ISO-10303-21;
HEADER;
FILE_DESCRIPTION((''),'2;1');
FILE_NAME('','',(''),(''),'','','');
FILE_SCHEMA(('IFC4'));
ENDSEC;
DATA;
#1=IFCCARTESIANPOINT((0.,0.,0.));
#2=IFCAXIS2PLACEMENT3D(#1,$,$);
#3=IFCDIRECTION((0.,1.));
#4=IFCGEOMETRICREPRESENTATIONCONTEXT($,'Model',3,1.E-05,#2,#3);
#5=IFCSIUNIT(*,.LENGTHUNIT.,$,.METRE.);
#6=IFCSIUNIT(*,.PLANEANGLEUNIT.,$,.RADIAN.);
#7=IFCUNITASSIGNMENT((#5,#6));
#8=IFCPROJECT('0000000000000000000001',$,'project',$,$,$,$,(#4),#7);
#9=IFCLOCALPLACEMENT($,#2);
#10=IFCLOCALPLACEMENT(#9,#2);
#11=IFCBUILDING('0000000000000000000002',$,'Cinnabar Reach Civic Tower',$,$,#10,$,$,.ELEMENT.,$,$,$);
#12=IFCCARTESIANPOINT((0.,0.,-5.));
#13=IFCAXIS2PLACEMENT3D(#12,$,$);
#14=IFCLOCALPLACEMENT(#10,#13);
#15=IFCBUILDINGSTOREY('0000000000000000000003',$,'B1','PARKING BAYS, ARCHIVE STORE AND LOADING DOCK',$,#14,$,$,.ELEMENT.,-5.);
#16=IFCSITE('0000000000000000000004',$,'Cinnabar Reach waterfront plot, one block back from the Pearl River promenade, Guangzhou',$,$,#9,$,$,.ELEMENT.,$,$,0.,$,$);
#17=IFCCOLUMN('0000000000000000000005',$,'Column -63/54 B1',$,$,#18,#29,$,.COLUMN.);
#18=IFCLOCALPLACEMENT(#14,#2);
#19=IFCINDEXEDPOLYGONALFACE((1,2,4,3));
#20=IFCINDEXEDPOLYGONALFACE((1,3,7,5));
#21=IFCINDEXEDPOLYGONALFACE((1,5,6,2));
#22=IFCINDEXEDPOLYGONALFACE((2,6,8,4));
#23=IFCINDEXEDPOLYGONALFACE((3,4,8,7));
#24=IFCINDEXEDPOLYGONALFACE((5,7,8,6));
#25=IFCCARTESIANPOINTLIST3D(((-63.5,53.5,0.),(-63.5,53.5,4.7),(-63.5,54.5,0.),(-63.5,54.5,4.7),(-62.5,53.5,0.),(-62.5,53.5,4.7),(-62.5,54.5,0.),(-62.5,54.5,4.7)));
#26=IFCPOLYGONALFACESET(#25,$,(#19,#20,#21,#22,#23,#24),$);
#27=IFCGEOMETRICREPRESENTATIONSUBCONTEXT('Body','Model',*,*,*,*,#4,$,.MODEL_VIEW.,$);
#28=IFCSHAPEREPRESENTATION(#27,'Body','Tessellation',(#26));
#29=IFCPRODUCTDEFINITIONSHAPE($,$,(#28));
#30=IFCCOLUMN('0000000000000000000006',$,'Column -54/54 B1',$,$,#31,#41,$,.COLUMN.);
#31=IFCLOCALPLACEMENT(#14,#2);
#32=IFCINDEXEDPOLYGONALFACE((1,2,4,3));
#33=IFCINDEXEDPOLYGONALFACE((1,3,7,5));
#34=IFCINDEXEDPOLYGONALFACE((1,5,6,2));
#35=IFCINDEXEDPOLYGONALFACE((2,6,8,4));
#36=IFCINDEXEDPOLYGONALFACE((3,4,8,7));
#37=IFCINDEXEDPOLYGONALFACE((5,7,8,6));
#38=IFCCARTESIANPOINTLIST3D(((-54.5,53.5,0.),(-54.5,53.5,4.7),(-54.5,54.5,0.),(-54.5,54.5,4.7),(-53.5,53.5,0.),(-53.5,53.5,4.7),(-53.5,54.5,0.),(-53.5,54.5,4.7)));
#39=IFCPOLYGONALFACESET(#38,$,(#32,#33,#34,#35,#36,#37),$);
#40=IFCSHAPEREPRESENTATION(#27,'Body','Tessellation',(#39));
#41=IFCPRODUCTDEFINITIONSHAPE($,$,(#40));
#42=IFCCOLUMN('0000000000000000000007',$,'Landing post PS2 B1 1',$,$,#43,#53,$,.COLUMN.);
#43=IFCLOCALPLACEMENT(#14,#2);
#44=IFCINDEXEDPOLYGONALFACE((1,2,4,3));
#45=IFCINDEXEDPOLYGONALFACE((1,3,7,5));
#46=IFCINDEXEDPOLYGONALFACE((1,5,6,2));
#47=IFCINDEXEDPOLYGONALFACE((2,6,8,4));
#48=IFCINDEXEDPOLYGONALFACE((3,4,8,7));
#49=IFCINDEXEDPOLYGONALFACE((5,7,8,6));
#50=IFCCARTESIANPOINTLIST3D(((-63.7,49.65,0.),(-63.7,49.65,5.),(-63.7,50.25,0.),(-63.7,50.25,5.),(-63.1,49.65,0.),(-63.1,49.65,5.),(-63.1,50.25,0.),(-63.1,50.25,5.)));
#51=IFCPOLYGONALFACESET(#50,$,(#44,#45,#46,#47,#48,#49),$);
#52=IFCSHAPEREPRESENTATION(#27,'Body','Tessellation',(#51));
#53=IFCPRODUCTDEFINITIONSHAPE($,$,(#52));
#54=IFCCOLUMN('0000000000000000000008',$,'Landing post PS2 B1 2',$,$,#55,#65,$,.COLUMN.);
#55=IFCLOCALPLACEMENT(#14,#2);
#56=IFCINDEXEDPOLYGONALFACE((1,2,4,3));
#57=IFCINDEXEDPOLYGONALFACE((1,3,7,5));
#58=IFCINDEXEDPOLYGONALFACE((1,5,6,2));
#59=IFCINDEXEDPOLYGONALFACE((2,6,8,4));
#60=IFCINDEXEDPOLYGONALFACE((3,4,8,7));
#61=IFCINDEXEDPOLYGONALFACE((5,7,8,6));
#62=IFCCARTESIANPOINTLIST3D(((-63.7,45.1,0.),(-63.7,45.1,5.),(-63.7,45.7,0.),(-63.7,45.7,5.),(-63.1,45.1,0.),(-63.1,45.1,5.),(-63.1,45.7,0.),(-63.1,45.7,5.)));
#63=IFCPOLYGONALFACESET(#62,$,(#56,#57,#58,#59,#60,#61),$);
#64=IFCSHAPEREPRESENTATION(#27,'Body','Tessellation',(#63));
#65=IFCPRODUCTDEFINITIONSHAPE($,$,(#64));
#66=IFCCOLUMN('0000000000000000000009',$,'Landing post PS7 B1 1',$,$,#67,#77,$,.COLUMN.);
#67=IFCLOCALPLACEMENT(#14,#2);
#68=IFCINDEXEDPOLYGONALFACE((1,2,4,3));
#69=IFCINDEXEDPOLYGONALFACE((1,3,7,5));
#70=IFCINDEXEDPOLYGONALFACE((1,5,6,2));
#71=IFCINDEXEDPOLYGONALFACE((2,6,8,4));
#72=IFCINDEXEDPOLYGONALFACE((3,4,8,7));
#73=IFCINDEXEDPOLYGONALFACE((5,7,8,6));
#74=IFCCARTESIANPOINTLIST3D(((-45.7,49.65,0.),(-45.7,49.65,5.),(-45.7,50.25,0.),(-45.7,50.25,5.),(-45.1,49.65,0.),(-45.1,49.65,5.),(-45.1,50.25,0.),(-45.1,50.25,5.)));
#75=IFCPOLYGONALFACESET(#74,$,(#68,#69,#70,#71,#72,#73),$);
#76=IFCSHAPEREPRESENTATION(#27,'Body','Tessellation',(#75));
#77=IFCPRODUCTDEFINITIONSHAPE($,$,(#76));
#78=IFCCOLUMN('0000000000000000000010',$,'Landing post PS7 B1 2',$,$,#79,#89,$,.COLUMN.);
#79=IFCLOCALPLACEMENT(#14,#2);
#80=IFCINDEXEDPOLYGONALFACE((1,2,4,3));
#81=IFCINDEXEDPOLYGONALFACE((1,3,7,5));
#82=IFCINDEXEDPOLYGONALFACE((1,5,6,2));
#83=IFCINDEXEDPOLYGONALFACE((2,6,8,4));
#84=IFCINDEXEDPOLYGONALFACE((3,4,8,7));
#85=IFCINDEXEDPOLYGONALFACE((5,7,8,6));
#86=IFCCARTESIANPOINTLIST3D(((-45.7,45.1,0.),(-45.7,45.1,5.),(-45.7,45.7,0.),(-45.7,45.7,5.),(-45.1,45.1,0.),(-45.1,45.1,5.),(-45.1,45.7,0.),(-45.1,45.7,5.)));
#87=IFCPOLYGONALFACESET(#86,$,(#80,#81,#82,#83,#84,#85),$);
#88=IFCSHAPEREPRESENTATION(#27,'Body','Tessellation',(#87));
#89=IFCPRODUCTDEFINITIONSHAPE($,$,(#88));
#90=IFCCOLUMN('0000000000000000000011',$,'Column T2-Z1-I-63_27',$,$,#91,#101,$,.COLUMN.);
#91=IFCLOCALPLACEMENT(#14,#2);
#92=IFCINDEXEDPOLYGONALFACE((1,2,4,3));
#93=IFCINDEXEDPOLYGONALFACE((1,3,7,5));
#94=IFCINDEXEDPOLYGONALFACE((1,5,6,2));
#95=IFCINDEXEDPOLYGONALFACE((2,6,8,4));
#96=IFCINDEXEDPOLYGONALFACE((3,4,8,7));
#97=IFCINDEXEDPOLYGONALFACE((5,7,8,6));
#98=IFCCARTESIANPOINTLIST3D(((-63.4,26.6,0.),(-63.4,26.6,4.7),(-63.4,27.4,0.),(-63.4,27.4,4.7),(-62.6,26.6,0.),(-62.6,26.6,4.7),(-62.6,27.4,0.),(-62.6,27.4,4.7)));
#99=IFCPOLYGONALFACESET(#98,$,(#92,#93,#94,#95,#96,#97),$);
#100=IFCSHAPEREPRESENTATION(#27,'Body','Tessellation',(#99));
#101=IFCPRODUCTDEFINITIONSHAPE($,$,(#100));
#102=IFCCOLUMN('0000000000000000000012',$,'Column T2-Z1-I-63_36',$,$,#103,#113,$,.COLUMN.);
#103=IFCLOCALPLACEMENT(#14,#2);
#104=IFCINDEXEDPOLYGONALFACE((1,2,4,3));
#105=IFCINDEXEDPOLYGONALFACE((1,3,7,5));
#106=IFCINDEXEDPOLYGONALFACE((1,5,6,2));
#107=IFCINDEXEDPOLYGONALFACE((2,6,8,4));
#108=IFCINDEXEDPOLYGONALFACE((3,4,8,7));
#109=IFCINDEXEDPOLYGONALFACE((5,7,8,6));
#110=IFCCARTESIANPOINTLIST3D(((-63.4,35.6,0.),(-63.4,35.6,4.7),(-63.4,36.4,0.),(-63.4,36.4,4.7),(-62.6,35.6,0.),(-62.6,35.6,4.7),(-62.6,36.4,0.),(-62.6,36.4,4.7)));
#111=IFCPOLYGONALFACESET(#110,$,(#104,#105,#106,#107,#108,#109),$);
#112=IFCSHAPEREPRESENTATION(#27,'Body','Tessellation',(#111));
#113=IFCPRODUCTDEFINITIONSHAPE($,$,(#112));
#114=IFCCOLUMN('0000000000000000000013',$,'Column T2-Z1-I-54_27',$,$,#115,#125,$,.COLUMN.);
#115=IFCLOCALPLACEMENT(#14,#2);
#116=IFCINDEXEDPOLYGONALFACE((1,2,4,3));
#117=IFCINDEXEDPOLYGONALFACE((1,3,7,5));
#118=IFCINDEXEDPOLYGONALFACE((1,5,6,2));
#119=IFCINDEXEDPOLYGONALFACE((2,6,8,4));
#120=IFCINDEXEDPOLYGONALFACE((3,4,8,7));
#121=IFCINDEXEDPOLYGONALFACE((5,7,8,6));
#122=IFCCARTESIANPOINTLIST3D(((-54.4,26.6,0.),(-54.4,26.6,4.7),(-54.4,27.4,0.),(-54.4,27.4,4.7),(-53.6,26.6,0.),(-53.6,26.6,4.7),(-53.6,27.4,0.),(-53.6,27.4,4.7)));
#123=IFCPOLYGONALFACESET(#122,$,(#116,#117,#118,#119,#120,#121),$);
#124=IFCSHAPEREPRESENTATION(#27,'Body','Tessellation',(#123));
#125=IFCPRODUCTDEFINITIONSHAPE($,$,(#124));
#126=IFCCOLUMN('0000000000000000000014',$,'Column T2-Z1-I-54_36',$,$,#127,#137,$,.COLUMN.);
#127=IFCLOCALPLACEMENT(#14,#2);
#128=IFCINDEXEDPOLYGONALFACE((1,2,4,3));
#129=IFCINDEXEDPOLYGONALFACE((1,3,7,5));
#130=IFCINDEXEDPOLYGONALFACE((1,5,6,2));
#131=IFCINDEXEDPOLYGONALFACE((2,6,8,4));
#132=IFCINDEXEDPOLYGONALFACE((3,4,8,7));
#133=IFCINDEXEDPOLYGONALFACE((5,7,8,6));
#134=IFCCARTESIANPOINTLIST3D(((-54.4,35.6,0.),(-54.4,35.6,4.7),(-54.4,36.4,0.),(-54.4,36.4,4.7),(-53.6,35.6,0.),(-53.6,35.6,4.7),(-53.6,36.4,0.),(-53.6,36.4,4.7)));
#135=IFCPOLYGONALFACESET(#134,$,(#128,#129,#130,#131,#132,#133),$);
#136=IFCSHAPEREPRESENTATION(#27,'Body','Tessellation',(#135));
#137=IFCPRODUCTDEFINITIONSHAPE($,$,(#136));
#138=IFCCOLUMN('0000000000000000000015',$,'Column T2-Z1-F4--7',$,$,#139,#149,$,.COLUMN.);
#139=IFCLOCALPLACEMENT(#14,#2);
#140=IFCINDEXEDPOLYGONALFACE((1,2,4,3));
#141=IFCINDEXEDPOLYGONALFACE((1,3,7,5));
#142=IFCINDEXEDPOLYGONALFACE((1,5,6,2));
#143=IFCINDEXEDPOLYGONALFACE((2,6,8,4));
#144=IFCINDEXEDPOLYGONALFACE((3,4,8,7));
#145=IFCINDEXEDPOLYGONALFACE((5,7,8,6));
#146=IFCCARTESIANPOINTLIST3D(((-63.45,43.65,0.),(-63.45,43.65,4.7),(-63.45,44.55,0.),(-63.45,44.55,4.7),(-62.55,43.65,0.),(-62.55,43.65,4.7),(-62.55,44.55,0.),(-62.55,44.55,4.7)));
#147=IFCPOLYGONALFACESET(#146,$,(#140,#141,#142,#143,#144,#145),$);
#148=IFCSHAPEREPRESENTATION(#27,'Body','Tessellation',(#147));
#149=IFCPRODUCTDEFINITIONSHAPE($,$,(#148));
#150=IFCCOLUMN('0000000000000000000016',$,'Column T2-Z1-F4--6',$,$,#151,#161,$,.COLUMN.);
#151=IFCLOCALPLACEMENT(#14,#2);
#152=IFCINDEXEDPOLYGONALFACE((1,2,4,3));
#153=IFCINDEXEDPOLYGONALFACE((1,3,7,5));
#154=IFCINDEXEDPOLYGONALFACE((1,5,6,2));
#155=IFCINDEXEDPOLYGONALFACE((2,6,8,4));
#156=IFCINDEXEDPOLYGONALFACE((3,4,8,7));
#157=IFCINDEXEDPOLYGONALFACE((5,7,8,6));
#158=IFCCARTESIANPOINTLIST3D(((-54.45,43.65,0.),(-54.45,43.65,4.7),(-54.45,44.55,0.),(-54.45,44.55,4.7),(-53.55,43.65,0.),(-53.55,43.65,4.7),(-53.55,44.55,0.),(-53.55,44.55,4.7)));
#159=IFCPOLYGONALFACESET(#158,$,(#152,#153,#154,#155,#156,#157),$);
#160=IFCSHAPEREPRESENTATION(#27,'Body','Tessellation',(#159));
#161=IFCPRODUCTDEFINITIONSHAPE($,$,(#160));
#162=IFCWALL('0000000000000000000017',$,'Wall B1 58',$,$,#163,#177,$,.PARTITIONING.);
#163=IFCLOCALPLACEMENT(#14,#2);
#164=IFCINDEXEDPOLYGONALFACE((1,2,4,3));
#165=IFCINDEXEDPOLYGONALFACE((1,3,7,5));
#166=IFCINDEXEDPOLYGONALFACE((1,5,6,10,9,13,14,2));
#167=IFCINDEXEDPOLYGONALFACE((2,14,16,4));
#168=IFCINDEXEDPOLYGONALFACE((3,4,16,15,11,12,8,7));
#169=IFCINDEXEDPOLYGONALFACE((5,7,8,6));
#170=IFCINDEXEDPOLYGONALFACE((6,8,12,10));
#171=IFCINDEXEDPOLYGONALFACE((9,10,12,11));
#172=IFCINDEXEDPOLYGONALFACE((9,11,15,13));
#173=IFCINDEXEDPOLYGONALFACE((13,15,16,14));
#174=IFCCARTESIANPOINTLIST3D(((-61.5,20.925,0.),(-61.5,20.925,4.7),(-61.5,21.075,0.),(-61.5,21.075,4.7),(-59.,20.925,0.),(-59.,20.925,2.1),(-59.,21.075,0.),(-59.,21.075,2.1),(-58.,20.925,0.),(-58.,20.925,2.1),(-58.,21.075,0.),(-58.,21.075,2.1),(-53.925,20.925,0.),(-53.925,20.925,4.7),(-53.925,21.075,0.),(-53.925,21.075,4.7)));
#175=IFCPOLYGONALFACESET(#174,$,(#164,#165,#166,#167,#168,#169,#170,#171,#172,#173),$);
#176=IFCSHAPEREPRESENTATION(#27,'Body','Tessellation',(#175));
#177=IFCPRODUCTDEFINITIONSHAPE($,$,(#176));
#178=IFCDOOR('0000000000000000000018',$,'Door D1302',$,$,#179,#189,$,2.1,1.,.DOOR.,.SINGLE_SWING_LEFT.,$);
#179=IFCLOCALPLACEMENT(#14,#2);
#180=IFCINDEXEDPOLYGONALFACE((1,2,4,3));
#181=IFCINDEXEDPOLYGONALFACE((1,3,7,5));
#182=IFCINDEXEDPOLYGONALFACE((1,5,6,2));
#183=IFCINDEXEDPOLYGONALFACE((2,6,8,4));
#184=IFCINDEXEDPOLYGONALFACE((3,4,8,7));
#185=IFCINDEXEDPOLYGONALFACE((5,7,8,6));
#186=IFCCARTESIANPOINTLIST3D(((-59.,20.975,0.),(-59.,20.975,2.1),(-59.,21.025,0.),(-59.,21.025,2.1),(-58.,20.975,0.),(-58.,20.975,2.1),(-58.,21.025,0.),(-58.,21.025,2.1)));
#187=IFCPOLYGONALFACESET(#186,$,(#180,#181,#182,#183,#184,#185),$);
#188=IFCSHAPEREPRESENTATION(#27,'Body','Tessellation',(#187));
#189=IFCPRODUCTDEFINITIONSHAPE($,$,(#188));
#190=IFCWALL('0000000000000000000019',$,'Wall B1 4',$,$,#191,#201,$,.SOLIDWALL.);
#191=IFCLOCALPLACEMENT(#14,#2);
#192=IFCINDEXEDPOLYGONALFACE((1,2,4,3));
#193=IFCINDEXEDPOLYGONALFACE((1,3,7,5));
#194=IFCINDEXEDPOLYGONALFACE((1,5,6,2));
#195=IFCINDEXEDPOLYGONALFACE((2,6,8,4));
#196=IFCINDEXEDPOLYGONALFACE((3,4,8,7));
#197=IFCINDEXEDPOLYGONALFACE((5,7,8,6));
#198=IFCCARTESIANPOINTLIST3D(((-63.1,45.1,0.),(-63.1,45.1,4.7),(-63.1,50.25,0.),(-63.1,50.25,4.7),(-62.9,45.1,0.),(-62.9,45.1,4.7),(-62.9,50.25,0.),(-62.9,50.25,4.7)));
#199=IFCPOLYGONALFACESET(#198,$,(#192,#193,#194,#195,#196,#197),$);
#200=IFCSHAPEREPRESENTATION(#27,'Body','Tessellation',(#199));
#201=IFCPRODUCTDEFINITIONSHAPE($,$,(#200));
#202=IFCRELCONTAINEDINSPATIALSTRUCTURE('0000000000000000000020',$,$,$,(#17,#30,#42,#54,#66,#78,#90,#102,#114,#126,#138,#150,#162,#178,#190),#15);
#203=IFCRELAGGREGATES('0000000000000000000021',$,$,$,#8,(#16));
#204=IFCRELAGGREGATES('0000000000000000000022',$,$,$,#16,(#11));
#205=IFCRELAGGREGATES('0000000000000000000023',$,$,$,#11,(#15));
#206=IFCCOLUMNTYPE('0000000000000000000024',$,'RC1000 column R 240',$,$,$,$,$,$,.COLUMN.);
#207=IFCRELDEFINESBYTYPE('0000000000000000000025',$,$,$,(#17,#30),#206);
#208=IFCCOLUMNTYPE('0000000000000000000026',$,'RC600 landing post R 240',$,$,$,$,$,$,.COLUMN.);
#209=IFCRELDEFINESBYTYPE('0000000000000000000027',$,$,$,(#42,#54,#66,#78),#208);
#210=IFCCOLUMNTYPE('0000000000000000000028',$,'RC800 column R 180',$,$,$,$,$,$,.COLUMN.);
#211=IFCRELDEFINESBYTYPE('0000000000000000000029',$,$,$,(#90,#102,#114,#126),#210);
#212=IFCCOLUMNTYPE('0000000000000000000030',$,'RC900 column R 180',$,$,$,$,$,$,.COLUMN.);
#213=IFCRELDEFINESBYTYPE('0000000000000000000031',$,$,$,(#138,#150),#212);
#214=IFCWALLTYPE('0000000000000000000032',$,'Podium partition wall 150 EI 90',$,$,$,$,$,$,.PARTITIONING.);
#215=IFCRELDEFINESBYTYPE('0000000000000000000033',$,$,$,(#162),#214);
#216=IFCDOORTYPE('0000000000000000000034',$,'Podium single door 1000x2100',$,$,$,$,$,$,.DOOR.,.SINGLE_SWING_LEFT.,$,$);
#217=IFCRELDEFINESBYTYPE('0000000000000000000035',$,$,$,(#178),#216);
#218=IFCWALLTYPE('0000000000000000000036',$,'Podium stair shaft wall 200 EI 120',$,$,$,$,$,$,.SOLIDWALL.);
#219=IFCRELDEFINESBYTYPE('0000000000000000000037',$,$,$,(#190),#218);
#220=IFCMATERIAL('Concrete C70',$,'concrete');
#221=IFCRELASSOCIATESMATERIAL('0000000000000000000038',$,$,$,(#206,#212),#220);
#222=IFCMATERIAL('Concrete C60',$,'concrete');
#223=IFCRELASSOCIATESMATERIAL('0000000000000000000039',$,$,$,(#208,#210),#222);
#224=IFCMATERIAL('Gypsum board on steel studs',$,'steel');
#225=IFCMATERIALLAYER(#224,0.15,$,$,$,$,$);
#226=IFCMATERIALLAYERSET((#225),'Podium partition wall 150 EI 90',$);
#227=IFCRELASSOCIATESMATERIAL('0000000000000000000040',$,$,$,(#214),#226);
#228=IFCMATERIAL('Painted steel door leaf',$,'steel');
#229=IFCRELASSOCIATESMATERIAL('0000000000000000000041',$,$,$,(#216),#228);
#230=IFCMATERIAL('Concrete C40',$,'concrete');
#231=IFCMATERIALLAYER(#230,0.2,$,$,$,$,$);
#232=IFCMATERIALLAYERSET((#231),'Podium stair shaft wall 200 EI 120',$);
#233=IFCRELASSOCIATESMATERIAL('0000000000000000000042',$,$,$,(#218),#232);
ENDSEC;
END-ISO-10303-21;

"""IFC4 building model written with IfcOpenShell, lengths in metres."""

from ifc_helpers import new_model, si_unit, direction, frame, frame_2d, origin, origin_2d, place, context, subcontext, project, spatial, rectangle, extrude, material, layer, layer_set, material_profile, profile_set, type_object, element, fill, save


model = new_model("IFC4")

# Units and contexts
model_context = context("Model", 3, precision=1e-05, world=origin(), true_north=direction((0.0, 1.0)))
body_context = subcontext(model_context, "Body", "Model", "MODEL_VIEW")
ifc_project = project(units=[si_unit("LENGTHUNIT", "METRE"), si_unit("PLANEANGLEUNIT", "RADIAN")], contexts=[model_context])

# Site, building, storey
site_placement = place(None, origin())
site = spatial("IfcSite", under=ifc_project, at=site_placement, Name="Cinnabar Reach waterfront plot, one block back from the Pearl River promenade, Guangzhou", CompositionType="ELEMENT", RefElevation=0.0)
building_placement = place(site_placement, origin())
building = spatial("IfcBuilding", under=site, at=building_placement, Name="Cinnabar Reach Civic Tower", CompositionType="ELEMENT")
storey_placement = place(building_placement, frame((0.0, 0.0, -5.0)))
storey = spatial("IfcBuildingStorey", under=building, at=storey_placement, Name="B1", Description="PARKING BAYS, ARCHIVE STORE AND LOADING DOCK", CompositionType="ELEMENT", Elevation=-5.0)

# Columns
ifc_material_1 = material(Name="Concrete C70", Category="concrete")
ifc_material_profile_1 = material_profile(ifc_material_1, rectangle(XDim=1.0, YDim=1.0, at=origin_2d()), Name="RC1000")
ifc_profile_set_1 = profile_set([ifc_material_profile_1], Name="Concrete C70")
column_type_1 = type_object("IfcColumnType", Name="RC1000 column R 240", PredefinedType="COLUMN", material=ifc_profile_set_1)
for number, where, z_axis, x_axis, name in (
    (1, (-63.0, 54.0, 0.0), (0.0, 0.0, 1.0), (1.0, 0.0, 0.0), "Column -63/54 B1"),
    (2, (-54.0, 54.0, 0.0), (0.0, 0.0, 1.0), (1.0, 0.0, 0.0), "Column -54/54 B1"),
):
    element("IfcColumn", number, at=place(storey_placement, frame(where, z_axis=z_axis, x_axis=x_axis)), inside=storey, type_object=column_type_1, Name=name, PredefinedType="COLUMN", context=body_context, shape_type="SweptSolid", body=[
        extrude(rectangle(XDim=1.0, YDim=1.0, at=origin_2d()), origin(), (0.0, 0.0, 1.0), 4.7),
    ])
ifc_material_2 = material(Name="Concrete C60", Category="concrete")
ifc_material_profile_2 = material_profile(ifc_material_2, rectangle(XDim=0.6, YDim=0.6, at=origin_2d()), Name="RC600")
ifc_profile_set_2 = profile_set([ifc_material_profile_2], Name="Concrete C60")
column_type_2 = type_object("IfcColumnType", Name="RC600 landing post R 240", PredefinedType="COLUMN", material=ifc_profile_set_2)
for number, where, z_axis, x_axis, name in (
    (3, (-63.4, 49.95, 0.0), (0.0, 0.0, 1.0), (1.0, 0.0, 0.0), "Landing post PS2 B1 1"),
    (4, (-63.4, 45.4, 0.0), (0.0, 0.0, 1.0), (1.0, 0.0, 0.0), "Landing post PS2 B1 2"),
    (5, (-45.4, 49.95, 0.0), (0.0, 0.0, 1.0), (1.0, 0.0, 0.0), "Landing post PS7 B1 1"),
    (6, (-45.4, 45.4, 0.0), (0.0, 0.0, 1.0), (1.0, 0.0, 0.0), "Landing post PS7 B1 2"),
):
    element("IfcColumn", number, at=place(storey_placement, frame(where, z_axis=z_axis, x_axis=x_axis)), inside=storey, type_object=column_type_2, Name=name, PredefinedType="COLUMN", context=body_context, shape_type="SweptSolid", body=[
        extrude(rectangle(XDim=0.6, YDim=0.6, at=origin_2d()), origin(), (0.0, 0.0, 1.0), 5.0),
    ])
ifc_material_profile_3 = material_profile(ifc_material_2, rectangle(XDim=0.8, YDim=0.8, at=origin_2d()), Name="RC800")
ifc_profile_set_3 = profile_set([ifc_material_profile_3], Name="Concrete C60")
column_type_3 = type_object("IfcColumnType", Name="RC800 column R 180", PredefinedType="COLUMN", material=ifc_profile_set_3)
for number, where, z_axis, x_axis, name in (
    (7, (-63.0, 27.0, 0.0), (0.0, 0.0, 1.0), (1.0, 0.0, 0.0), "Column T2-Z1-I-63_27"),
    (8, (-63.0, 36.0, 0.0), (0.0, 0.0, 1.0), (1.0, 0.0, 0.0), "Column T2-Z1-I-63_36"),
    (9, (-54.0, 27.0, 0.0), (0.0, 0.0, 1.0), (1.0, 0.0, 0.0), "Column T2-Z1-I-54_27"),
    (10, (-54.0, 36.0, 0.0), (0.0, 0.0, 1.0), (1.0, 0.0, 0.0), "Column T2-Z1-I-54_36"),
):
    element("IfcColumn", number, at=place(storey_placement, frame(where, z_axis=z_axis, x_axis=x_axis)), inside=storey, type_object=column_type_3, Name=name, PredefinedType="COLUMN", context=body_context, shape_type="SweptSolid", body=[
        extrude(rectangle(XDim=0.8, YDim=0.8, at=origin_2d()), origin(), (0.0, 0.0, 1.0), 4.7),
    ])
ifc_material_profile_4 = material_profile(ifc_material_1, rectangle(XDim=0.9, YDim=0.9, at=origin_2d()), Name="RC900")
ifc_profile_set_4 = profile_set([ifc_material_profile_4], Name="Concrete C70")
column_type_4 = type_object("IfcColumnType", Name="RC900 column R 180", PredefinedType="COLUMN", material=ifc_profile_set_4)
for number, where, z_axis, x_axis, name in (
    (11, (-63.0, 44.1, 0.0), (0.0, 0.0, 1.0), (1.0, 0.0, 0.0), "Column T2-Z1-F4--7"),
    (12, (-54.0, 44.1, 0.0), (0.0, 0.0, 1.0), (1.0, 0.0, 0.0), "Column T2-Z1-F4--6"),
):
    element("IfcColumn", number, at=place(storey_placement, frame(where, z_axis=z_axis, x_axis=x_axis)), inside=storey, type_object=column_type_4, Name=name, PredefinedType="COLUMN", context=body_context, shape_type="SweptSolid", body=[
        extrude(rectangle(XDim=0.9, YDim=0.9, at=origin_2d()), origin(), (0.0, 0.0, 1.0), 4.7),
    ])

# Wall, opening, door
ifc_material_3 = material(Name="Gypsum board on steel studs", Category="steel")
ifc_layer_1 = layer(ifc_material_3, 0.15)
ifc_layer_set_1 = layer_set([ifc_layer_1], Name="Podium partition wall 150 EI 90")
wall_type_1 = type_object("IfcWallType", Name="Podium partition wall 150 EI 90", PredefinedType="PARTITIONING", material=ifc_layer_set_1)
wall_1_placement = place(storey_placement, frame((-61.5, 21.0, 0.0), z_axis=(0.0, 0.0, 1.0), x_axis=(1.0, 0.0, 0.0)))
wall_1 = element("IfcWall", 13, at=wall_1_placement, inside=storey, type_object=wall_type_1, Name="Wall B1 58", PredefinedType="PARTITIONING", context=body_context, shape_type="SweptSolid", body=[
    extrude(rectangle(XDim=7.575, YDim=0.15, at=frame_2d((3.7875, 0.0))), origin(), (0.0, 0.0, 1.0), 4.7),
])
opening_1_placement = place(wall_1_placement, frame((2.5, 0.0, 0.0)))
opening_1 = element("IfcOpeningElement", 14, at=opening_1_placement, cuts=wall_1, PredefinedType="OPENING", context=body_context, shape_type="SweptSolid", body=[
    extrude(rectangle(XDim=1.0, YDim=2.1, at=frame_2d((0.5, 1.05))), frame((0.0, 0.085, 0.0), z_axis=(0.0, -1.0, 0.0), x_axis=(1.0, 0.0, 0.0)), (0.0, 0.0, 1.0), 0.17),
])
ifc_material_4 = material(Name="Painted steel door leaf", Category="steel")
door_type_1 = type_object("IfcDoorType", Name="Podium single door 1000x2100", OperationType="SINGLE_SWING_LEFT", PredefinedType="DOOR", material=ifc_material_4)
door_1_placement = place(opening_1_placement, frame((1.0, 0.0, 0.0), z_axis=(0.0, 0.0, 1.0), x_axis=(-1.0, 0.0, 0.0)))
door_1 = element("IfcDoor", 15, at=door_1_placement, inside=storey, type_object=door_type_1, Name="Door D1302", OperationType="SINGLE_SWING_LEFT", OverallHeight=2.1, OverallWidth=1.0, PredefinedType="DOOR", context=body_context, shape_type="SweptSolid", body=[
    extrude(rectangle(XDim=1.0, YDim=2.1, at=frame_2d((0.5, 1.05))), frame((0.0, 0.025, 0.0), z_axis=(0.0, -1.0, 0.0), x_axis=(1.0, 0.0, 0.0)), (0.0, 0.0, 1.0), 0.05),
])
fill(opening_1, door_1)

# Wall
ifc_material_5 = material(Name="Concrete C40", Category="concrete")
ifc_layer_2 = layer(ifc_material_5, 0.2)
ifc_layer_set_2 = layer_set([ifc_layer_2], Name="Podium stair shaft wall 200 EI 120")
wall_type_2 = type_object("IfcWallType", Name="Podium stair shaft wall 200 EI 120", PredefinedType="SOLIDWALL", material=ifc_layer_set_2)
wall_2_placement = place(storey_placement, frame((-63.0, 45.1, 0.0), z_axis=(0.0, 0.0, 1.0), x_axis=(0.0, 1.0, 0.0)))
element("IfcWall", 16, at=wall_2_placement, inside=storey, type_object=wall_type_2, Name="Wall B1 4", PredefinedType="SOLIDWALL", context=body_context, shape_type="SweptSolid", body=[
    extrude(rectangle(XDim=5.15, YDim=0.2, at=frame_2d((2.575, 0.0))), origin(), (0.0, 0.0, 1.0), 4.7),
])

save(model, "model.ifc")
